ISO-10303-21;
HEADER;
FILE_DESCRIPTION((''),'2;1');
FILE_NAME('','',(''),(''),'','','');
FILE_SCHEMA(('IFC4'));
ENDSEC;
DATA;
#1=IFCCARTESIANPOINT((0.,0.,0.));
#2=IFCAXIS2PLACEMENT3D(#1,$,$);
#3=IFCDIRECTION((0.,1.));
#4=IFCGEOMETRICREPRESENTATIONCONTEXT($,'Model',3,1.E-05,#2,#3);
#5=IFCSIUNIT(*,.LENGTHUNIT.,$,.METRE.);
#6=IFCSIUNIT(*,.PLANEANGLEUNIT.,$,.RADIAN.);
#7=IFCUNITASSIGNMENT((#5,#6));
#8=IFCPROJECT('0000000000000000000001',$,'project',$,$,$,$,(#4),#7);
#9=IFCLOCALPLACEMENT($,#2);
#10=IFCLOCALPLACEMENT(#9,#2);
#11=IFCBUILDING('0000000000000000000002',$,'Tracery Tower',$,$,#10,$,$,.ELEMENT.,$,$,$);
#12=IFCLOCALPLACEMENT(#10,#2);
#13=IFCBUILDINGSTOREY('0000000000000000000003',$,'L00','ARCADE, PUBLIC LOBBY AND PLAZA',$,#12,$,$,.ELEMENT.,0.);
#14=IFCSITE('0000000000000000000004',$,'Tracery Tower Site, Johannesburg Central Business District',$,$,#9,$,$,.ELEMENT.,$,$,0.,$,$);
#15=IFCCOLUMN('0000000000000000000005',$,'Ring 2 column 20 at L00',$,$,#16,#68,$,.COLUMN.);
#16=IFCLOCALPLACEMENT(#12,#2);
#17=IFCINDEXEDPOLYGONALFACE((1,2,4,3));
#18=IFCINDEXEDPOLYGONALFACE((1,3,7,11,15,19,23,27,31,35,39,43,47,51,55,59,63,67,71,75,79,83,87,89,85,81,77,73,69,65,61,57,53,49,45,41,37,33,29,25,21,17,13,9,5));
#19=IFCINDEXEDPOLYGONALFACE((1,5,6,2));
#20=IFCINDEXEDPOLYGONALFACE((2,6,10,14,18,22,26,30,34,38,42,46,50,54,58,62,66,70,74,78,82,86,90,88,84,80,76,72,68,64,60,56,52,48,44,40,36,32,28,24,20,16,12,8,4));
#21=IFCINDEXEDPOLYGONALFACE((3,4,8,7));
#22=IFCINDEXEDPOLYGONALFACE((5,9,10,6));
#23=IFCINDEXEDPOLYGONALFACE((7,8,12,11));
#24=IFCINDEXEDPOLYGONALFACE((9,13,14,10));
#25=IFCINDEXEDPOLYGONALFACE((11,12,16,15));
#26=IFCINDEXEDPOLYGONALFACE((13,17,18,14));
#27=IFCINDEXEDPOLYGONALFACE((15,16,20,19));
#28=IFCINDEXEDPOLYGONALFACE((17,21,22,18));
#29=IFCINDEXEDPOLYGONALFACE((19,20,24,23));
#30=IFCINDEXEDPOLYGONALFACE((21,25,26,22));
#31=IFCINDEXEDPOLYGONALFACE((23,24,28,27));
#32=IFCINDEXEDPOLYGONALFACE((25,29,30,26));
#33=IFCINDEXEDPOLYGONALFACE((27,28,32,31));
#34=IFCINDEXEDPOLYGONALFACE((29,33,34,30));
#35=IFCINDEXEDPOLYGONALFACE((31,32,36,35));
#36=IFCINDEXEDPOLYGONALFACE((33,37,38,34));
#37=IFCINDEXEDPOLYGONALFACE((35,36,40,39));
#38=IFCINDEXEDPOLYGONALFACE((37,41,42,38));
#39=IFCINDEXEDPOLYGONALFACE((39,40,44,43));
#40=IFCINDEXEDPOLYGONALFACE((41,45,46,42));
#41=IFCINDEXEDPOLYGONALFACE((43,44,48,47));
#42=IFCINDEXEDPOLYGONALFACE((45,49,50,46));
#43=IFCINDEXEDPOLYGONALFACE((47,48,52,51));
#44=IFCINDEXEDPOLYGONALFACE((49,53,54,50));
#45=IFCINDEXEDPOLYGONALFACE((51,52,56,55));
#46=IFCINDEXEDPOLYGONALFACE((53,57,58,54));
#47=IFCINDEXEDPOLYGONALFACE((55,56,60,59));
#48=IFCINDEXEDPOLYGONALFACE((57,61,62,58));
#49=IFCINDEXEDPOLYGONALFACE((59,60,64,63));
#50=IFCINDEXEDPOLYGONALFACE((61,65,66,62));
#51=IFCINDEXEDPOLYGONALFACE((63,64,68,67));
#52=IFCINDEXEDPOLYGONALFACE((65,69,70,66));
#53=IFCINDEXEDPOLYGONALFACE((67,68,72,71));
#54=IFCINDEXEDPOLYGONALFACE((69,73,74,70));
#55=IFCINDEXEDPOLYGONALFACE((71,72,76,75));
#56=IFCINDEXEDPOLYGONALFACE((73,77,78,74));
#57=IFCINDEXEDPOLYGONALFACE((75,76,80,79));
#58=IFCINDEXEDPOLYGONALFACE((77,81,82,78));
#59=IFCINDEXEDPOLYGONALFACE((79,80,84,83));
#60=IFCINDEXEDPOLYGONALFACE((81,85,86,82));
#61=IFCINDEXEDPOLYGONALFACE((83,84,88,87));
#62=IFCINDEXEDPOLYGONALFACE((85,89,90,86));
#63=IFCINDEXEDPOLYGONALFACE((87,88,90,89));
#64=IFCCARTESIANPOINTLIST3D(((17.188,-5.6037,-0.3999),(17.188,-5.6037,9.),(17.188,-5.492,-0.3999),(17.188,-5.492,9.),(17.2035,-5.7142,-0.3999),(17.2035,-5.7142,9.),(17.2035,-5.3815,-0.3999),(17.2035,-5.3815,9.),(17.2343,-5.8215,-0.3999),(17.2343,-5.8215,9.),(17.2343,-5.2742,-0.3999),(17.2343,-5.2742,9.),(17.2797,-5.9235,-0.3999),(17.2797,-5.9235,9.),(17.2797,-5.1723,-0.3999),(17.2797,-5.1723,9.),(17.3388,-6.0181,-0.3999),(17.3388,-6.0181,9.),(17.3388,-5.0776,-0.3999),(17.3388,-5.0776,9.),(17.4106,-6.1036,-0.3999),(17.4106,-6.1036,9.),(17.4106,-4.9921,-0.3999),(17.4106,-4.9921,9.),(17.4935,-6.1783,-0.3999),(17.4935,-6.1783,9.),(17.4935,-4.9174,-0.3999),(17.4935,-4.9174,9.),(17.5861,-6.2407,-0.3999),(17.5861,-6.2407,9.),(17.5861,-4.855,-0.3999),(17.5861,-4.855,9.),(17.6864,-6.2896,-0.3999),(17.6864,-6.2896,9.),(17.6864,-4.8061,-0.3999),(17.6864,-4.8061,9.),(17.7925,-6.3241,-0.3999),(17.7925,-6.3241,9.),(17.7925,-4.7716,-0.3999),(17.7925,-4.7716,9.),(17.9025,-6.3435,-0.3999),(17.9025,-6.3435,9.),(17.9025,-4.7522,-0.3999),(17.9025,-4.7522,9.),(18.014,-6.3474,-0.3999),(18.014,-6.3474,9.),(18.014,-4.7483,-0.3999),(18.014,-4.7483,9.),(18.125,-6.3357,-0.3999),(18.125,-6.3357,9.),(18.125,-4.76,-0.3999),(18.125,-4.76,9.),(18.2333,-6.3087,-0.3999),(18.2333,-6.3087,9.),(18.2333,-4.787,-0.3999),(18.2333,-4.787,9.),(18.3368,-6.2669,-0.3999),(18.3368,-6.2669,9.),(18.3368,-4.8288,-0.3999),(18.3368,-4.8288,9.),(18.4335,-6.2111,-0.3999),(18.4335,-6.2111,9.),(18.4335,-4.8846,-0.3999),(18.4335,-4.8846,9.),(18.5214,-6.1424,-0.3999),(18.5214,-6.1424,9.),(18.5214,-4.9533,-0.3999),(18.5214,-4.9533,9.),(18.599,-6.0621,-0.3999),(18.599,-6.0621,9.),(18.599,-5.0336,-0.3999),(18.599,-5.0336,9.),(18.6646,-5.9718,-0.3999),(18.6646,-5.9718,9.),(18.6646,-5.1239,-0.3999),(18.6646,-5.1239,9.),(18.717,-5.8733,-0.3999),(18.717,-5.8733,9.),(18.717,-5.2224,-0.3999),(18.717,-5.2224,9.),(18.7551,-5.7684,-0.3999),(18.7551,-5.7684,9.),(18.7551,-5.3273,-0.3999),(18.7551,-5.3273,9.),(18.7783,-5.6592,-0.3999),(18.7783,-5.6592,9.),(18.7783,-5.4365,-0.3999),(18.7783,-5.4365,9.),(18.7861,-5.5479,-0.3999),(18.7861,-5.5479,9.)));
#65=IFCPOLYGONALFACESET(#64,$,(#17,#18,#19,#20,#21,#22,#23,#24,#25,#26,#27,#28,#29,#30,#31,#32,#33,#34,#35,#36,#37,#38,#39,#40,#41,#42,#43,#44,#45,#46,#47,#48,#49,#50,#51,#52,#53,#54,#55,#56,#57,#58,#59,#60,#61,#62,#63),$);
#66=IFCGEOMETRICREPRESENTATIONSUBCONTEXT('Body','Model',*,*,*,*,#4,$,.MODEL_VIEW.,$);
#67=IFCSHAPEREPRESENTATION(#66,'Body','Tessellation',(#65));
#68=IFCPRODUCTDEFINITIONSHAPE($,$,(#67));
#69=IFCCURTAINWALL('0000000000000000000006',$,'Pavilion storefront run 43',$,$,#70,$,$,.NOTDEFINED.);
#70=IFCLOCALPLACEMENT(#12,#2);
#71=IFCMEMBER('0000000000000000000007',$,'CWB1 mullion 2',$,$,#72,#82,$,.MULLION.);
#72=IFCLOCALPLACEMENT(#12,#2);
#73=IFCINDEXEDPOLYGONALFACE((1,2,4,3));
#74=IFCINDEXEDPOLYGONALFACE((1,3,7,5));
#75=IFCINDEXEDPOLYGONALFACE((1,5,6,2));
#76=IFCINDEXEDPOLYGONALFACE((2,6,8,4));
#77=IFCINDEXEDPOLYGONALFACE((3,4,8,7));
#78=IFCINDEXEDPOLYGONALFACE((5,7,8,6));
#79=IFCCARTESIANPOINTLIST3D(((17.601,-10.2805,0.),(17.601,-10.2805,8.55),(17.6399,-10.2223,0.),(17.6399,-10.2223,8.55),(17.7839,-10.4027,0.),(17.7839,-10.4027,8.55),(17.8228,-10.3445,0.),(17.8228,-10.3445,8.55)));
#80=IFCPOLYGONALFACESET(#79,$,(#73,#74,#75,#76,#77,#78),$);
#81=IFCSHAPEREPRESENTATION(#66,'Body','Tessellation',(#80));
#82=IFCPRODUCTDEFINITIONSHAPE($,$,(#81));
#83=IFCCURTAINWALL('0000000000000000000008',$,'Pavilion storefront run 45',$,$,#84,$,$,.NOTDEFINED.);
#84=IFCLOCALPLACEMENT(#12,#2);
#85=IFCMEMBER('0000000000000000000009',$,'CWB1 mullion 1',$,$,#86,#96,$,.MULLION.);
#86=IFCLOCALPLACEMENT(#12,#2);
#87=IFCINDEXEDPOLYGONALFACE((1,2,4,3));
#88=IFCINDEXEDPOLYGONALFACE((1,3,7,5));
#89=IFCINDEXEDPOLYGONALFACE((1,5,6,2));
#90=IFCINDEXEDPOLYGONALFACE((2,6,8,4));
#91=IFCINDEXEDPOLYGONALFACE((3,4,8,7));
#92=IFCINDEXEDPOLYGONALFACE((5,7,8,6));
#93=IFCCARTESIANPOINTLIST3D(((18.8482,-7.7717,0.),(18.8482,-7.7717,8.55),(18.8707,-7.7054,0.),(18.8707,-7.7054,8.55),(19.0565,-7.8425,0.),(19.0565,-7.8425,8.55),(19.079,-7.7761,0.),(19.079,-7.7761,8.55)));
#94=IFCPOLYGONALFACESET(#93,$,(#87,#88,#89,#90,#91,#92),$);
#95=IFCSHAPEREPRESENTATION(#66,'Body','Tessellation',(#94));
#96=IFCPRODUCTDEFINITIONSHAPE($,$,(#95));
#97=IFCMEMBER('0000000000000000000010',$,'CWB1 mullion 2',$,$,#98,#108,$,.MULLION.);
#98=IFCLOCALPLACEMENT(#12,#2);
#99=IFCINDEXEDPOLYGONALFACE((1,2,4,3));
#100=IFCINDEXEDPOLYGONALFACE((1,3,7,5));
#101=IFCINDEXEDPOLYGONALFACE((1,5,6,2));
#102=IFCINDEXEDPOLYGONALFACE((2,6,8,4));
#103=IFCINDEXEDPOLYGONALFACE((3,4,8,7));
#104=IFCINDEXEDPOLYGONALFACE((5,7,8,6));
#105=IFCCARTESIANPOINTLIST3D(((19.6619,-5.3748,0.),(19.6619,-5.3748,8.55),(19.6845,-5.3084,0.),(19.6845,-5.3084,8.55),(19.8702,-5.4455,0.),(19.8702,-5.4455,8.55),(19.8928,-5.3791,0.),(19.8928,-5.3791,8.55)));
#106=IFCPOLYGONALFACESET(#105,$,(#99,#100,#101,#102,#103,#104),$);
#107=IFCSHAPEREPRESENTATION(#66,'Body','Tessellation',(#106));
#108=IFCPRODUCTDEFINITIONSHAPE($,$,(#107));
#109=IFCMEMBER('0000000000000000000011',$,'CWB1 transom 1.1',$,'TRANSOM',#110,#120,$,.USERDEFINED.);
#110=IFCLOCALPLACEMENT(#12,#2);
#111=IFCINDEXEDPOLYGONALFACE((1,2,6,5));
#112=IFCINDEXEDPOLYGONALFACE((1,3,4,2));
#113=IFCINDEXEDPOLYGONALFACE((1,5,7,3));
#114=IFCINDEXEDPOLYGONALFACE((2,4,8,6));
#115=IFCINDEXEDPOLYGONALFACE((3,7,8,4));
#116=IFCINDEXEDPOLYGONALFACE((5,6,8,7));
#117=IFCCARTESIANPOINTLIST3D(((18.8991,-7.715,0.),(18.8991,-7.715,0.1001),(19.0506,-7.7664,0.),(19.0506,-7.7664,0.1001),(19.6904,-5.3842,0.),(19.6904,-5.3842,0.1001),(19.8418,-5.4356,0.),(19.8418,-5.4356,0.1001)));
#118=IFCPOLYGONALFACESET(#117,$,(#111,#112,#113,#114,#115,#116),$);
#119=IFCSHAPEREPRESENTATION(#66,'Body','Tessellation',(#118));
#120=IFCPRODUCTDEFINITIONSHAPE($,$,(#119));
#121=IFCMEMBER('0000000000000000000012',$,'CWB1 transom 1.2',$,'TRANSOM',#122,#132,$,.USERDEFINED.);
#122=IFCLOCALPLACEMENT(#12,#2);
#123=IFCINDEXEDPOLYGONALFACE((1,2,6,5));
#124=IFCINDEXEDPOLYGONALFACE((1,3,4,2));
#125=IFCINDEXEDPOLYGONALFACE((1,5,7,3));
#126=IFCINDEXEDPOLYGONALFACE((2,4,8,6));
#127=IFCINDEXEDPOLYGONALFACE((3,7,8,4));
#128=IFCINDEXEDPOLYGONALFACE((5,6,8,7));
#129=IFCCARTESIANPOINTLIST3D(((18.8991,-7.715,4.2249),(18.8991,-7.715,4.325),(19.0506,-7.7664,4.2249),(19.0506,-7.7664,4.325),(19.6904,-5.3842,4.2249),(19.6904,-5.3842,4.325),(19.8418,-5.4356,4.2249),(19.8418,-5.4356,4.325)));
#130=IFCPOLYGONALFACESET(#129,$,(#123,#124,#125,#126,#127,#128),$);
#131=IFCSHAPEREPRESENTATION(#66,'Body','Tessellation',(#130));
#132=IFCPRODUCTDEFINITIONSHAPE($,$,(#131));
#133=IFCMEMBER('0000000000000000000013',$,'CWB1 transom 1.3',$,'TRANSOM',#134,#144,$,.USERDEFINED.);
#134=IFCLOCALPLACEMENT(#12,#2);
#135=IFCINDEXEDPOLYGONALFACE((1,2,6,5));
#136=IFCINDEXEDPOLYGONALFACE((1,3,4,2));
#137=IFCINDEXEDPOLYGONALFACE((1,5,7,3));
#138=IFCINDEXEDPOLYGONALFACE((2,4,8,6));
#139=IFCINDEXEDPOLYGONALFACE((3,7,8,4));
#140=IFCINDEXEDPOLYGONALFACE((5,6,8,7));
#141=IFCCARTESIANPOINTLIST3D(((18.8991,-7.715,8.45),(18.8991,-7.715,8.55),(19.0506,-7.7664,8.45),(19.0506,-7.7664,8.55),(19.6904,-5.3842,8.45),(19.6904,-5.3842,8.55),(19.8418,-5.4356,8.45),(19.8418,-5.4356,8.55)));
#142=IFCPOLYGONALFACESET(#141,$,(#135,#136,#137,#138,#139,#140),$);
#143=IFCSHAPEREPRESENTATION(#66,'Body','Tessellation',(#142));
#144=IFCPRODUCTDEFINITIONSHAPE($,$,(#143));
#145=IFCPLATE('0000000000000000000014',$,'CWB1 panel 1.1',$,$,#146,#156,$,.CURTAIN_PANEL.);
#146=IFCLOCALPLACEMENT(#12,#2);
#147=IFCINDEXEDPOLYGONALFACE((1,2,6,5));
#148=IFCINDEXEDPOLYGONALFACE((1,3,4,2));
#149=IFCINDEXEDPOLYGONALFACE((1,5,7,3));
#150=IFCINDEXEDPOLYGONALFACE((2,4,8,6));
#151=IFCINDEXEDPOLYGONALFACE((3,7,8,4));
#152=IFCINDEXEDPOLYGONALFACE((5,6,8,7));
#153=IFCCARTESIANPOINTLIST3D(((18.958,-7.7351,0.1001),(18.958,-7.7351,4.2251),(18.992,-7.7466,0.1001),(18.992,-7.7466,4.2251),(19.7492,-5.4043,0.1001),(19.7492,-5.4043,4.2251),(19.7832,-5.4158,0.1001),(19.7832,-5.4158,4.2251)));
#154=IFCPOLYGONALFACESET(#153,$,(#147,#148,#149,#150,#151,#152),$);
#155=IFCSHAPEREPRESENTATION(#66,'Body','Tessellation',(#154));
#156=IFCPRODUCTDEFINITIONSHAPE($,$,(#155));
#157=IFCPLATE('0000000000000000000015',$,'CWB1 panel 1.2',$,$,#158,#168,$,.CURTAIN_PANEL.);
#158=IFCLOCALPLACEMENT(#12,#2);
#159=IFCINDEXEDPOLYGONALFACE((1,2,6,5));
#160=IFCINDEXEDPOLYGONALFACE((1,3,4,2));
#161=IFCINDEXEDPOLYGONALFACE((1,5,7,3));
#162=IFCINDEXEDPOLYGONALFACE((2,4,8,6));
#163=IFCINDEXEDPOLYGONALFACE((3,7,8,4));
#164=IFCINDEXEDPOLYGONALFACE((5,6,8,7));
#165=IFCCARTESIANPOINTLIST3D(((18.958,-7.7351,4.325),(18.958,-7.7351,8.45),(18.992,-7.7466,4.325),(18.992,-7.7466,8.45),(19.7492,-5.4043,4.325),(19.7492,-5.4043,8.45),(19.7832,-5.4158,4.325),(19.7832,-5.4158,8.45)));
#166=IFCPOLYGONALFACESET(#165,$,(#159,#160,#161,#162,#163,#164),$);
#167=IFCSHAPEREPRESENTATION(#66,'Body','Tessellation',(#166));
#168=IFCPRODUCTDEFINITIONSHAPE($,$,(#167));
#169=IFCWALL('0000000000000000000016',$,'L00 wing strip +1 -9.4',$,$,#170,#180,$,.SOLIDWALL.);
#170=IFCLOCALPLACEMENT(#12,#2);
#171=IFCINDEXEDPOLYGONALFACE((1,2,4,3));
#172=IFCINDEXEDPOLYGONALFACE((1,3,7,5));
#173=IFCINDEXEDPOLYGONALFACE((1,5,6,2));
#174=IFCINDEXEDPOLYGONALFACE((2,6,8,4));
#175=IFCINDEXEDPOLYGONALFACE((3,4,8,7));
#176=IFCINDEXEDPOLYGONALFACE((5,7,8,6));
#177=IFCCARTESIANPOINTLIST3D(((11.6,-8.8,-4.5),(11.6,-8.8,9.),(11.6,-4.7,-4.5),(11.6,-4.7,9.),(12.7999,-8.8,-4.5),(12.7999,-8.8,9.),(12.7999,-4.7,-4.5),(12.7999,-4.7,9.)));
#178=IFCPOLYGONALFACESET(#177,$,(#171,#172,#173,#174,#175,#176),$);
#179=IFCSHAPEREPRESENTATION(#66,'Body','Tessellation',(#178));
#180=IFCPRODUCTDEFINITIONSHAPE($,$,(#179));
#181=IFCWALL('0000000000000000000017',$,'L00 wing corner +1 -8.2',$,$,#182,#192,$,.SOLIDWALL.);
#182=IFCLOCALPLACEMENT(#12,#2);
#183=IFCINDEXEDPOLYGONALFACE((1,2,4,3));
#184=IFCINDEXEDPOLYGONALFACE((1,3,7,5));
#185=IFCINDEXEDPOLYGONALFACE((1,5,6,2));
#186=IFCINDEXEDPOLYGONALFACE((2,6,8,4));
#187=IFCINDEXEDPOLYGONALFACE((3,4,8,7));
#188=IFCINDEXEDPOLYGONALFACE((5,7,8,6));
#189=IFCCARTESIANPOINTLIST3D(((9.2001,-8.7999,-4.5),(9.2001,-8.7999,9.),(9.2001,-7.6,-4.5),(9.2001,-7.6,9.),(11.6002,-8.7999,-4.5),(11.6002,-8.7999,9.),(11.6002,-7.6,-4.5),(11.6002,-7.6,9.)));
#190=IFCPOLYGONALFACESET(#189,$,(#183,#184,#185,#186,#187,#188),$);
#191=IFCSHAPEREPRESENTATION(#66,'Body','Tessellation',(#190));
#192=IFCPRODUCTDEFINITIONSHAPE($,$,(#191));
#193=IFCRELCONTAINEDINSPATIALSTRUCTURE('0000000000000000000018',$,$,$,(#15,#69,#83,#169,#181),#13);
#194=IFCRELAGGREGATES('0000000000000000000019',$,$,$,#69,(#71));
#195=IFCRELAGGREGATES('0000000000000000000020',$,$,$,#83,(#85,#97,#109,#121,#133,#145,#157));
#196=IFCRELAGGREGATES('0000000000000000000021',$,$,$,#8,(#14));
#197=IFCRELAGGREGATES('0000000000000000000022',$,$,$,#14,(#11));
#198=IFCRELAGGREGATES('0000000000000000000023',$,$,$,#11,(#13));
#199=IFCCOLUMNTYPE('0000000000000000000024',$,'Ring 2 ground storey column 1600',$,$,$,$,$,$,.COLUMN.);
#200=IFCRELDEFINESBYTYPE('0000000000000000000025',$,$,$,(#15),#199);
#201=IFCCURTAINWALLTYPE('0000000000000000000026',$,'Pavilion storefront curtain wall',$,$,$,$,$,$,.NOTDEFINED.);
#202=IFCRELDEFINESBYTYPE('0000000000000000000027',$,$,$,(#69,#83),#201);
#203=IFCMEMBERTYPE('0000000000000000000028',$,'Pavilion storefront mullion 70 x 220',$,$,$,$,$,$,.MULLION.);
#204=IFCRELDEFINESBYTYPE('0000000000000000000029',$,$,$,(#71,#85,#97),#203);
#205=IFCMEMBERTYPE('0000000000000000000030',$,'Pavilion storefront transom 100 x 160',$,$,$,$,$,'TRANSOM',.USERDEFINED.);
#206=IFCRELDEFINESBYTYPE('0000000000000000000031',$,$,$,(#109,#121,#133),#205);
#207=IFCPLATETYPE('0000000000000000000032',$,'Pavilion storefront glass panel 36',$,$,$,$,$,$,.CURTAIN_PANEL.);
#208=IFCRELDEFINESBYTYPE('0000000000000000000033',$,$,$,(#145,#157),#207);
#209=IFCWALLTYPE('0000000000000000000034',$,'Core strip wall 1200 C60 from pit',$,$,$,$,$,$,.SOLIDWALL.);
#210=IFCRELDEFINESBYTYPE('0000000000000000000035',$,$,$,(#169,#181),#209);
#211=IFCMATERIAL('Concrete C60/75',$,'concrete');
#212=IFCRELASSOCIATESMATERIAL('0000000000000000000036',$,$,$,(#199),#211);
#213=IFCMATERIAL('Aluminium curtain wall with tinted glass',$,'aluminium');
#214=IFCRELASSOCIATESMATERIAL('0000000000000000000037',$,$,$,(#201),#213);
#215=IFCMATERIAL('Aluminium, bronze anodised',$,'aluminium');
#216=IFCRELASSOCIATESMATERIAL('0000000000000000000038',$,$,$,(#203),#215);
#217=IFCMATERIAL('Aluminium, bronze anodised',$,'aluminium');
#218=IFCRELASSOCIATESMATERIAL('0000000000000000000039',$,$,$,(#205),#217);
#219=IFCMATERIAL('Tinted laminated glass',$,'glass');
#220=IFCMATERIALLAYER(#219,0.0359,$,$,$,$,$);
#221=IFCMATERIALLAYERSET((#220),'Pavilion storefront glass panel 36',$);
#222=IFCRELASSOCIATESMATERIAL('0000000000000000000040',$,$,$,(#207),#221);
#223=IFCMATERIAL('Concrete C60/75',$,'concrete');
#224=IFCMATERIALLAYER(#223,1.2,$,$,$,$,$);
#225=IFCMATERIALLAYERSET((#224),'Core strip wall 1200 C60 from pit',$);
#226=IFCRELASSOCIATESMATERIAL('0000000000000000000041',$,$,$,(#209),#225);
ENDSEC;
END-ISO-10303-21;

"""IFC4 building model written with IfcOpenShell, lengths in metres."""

from ifc_helpers import new_model, si_unit, direction, frame, frame_2d, origin, origin_2d, place, context, subcontext, project, spatial, rectangle, circle, extrude, material, layer, layer_set, material_profile, profile_set, type_object, element, aggregate, save


model = new_model("IFC4")

# Units and contexts
model_context = context("Model", 3, precision=1e-05, world=origin(), true_north=direction((0.0, 1.0)))
body_context = subcontext(model_context, "Body", "Model", "MODEL_VIEW")
ifc_project = project(units=[si_unit("LENGTHUNIT", "METRE"), si_unit("PLANEANGLEUNIT", "RADIAN")], contexts=[model_context])

# Site, building, storey
site_placement = place(None, origin())
site = spatial("IfcSite", under=ifc_project, at=site_placement, Name="Tracery Tower Site, Johannesburg Central Business District", CompositionType="ELEMENT", RefElevation=0.0)
building_placement = place(site_placement, origin())
building = spatial("IfcBuilding", under=site, at=building_placement, Name="Tracery Tower", CompositionType="ELEMENT")
storey_placement = place(building_placement, origin())
storey = spatial("IfcBuildingStorey", under=building, at=storey_placement, Name="L00", Description="ARCADE, PUBLIC LOBBY AND PLAZA", CompositionType="ELEMENT", Elevation=0.0)

# Column
ifc_material_1 = material(Name="Concrete C60/75", Category="concrete")
ifc_material_profile_1 = material_profile(ifc_material_1, circle(Radius=0.8, at=origin_2d()), Name="RC D1600")
ifc_profile_set_1 = profile_set([ifc_material_profile_1], Name="Concrete C60/75")
column_type = type_object("IfcColumnType", Name="Ring 2 ground storey column 1600", PredefinedType="COLUMN", material=ifc_profile_set_1)
column_placement = place(storey_placement, frame((17.9861, -5.5479, -0.3999), z_axis=(0.0, 0.0, 1.0), x_axis=(1.0, 0.0, 0.0)))
element("IfcColumn", 1, at=column_placement, inside=storey, type_object=column_type, Name="Ring 2 column 20 at L00", PredefinedType="COLUMN", context=body_context, shape_type="SweptSolid", body=[
    extrude(circle(Radius=0.8, at=origin_2d()), origin(), (0.0, 0.0, 1.0), 9.3999),
])

# Curtain wall, member
ifc_material_2 = material(Name="Aluminium curtain wall with tinted glass", Category="aluminium")
curtain_wall_type = type_object("IfcCurtainWallType", Name="Pavilion storefront curtain wall", PredefinedType="NOTDEFINED", material=ifc_material_2)
curtain_wall_1_placement = place(storey_placement, origin())
curtain_wall_1 = element("IfcCurtainWall", 2, at=curtain_wall_1_placement, inside=storey, type_object=curtain_wall_type, Name="Pavilion storefront run 43", PredefinedType="NOTDEFINED")
ifc_material_3 = material(Name="Aluminium, bronze anodised", Category="aluminium")
ifc_material_profile_2 = material_profile(ifc_material_3, rectangle(XDim=0.22, YDim=0.0701, at=origin_2d()), Name="Pavilion storefront mullion 70 x 220")
ifc_profile_set_2 = profile_set([ifc_material_profile_2], Name="Aluminium, bronze anodised")
member_type_1 = type_object("IfcMemberType", Name="Pavilion storefront mullion 70 x 220", PredefinedType="MULLION", material=ifc_profile_set_2)
member_1_placement = place(storey_placement, frame((17.7119, -10.3125, 0.0), z_axis=(0.0, 0.0, 1.0), x_axis=(-0.831476, 0.55556, 0.0)))
member_1 = element("IfcMember", 3, at=member_1_placement, type_object=member_type_1, Name="CWB1 mullion 2", PredefinedType="MULLION", context=body_context, shape_type="SweptSolid", body=[
    extrude(rectangle(XDim=0.22, YDim=0.0701, at=origin_2d()), origin(), (0.0, 0.0, 1.0), 8.55),
])
aggregate(curtain_wall_1, [member_1])

# Curtain wall, members, plates
curtain_wall_2_placement = place(storey_placement, origin())
curtain_wall_2 = element("IfcCurtainWall", 4, at=curtain_wall_2_placement, inside=storey, type_object=curtain_wall_type, Name="Pavilion storefront run 45", PredefinedType="NOTDEFINED")
member_2_placement = place(storey_placement, frame((18.9636, -7.7739, 0.0), z_axis=(0.0, 0.0, 1.0), x_axis=(-0.946931, 0.321435, 0.0)))
member_2 = element("IfcMember", 5, at=member_2_placement, type_object=member_type_1, Name="CWB1 mullion 1", PredefinedType="MULLION", context=body_context, shape_type="SweptSolid", body=[
    extrude(rectangle(XDim=0.22, YDim=0.0701, at=origin_2d()), origin(), (0.0, 0.0, 1.0), 8.55),
])
member_3_placement = place(storey_placement, frame((19.7773, -5.377, 0.0), z_axis=(0.0, 0.0, 1.0), x_axis=(-0.946931, 0.321435, 0.0)))
member_3 = element("IfcMember", 6, at=member_3_placement, type_object=member_type_1, Name="CWB1 mullion 2", PredefinedType="MULLION", context=body_context, shape_type="SweptSolid", body=[
    extrude(rectangle(XDim=0.22, YDim=0.0701, at=origin_2d()), origin(), (0.0, 0.0, 1.0), 8.55),
])
ifc_material_4 = material(Name="Aluminium, bronze anodised", Category="aluminium")
ifc_material_profile_3 = material_profile(ifc_material_4, rectangle(XDim=0.1599, YDim=0.1001, at=origin_2d()), Name="Pavilion storefront transom 100 x 160")
ifc_profile_set_3 = profile_set([ifc_material_profile_3], Name="Aluminium, bronze anodised")
member_type_2 = type_object("IfcMemberType", Name="Pavilion storefront transom 100 x 160", ElementType="TRANSOM", PredefinedType="USERDEFINED", material=ifc_profile_set_3)
member_4_placement = place(storey_placement, frame((18.9749, -7.7407, 0.05), z_axis=(0.32146, 0.946923, 0.0), x_axis=(-0.946923, 0.32146, 0.0)))
member_4 = element("IfcMember", 7, at=member_4_placement, type_object=member_type_2, Name="CWB1 transom 1.1", ObjectType="TRANSOM", PredefinedType="USERDEFINED", context=body_context, shape_type="SweptSolid", body=[
    extrude(rectangle(XDim=0.1599, YDim=0.1001, at=origin_2d()), origin(), (0.0, 0.0, 1.0), 2.4614),
])
member_5_placement = place(storey_placement, frame((18.9749, -7.7407, 4.2749), z_axis=(0.32146, 0.946923, 0.0), x_axis=(-0.946923, 0.32146, 0.0)))
member_5 = element("IfcMember", 8, at=member_5_placement, type_object=member_type_2, Name="CWB1 transom 1.2", ObjectType="TRANSOM", PredefinedType="USERDEFINED", context=body_context, shape_type="SweptSolid", body=[
    extrude(rectangle(XDim=0.1599, YDim=0.1001, at=origin_2d()), origin(), (0.0, 0.0, 1.0), 2.4614),
])
member_6_placement = place(storey_placement, frame((18.9749, -7.7407, 8.5), z_axis=(0.32146, 0.946923, 0.0), x_axis=(-0.946923, 0.32146, 0.0)))
member_6 = element("IfcMember", 9, at=member_6_placement, type_object=member_type_2, Name="CWB1 transom 1.3", ObjectType="TRANSOM", PredefinedType="USERDEFINED", context=body_context, shape_type="SweptSolid", body=[
    extrude(rectangle(XDim=0.1599, YDim=0.1001, at=origin_2d()), origin(), (0.0, 0.0, 1.0), 2.4614),
])
ifc_material_5 = material(Name="Tinted laminated glass", Category="glass")
ifc_layer_1 = layer(ifc_material_5, 0.0359)
ifc_layer_set_1 = layer_set([ifc_layer_1], Name="Pavilion storefront glass panel 36")
plate_type = type_object("IfcPlateType", Name="Pavilion storefront glass panel 36", PredefinedType="CURTAIN_PANEL", material=ifc_layer_set_1)
plate_1_placement = place(storey_placement, frame((19.3706, -6.5754, 0.1001), z_axis=(0.0, 0.0, 1.0), x_axis=(0.321435, 0.946931, 0.0)))
plate_1 = element("IfcPlate", 10, at=plate_1_placement, type_object=plate_type, Name="CWB1 panel 1.1", PredefinedType="CURTAIN_PANEL", context=body_context, shape_type="SweptSolid", body=[
    extrude(rectangle(XDim=2.4614, YDim=0.0359, at=origin_2d()), origin(), (0.0, 0.0, 1.0), 4.125),
])
plate_2_placement = place(storey_placement, frame((19.3706, -6.5754, 4.325), z_axis=(0.0, 0.0, 1.0), x_axis=(0.321435, 0.946931, 0.0)))
plate_2 = element("IfcPlate", 11, at=plate_2_placement, type_object=plate_type, Name="CWB1 panel 1.2", PredefinedType="CURTAIN_PANEL", context=body_context, shape_type="SweptSolid", body=[
    extrude(rectangle(XDim=2.4614, YDim=0.0359, at=origin_2d()), origin(), (0.0, 0.0, 1.0), 4.125),
])
aggregate(curtain_wall_2, [member_2, member_3, member_4, member_5, member_6, plate_1, plate_2])

# Walls
ifc_material_6 = material(Name="Concrete C60/75", Category="concrete")
ifc_layer_2 = layer(ifc_material_6, 1.2)
ifc_layer_set_2 = layer_set([ifc_layer_2], Name="Core strip wall 1200 C60 from pit")
wall_type_1 = type_object("IfcWallType", Name="Core strip wall 1200 C60 from pit", PredefinedType="SOLIDWALL", material=ifc_layer_set_2)
wall_1_placement = place(storey_placement, frame((12.2, -8.8, -4.5), z_axis=(0.0, 0.0, 1.0), x_axis=(0.0, 1.0, 0.0)))
element("IfcWall", 12, at=wall_1_placement, inside=storey, type_object=wall_type_1, Name="L00 wing strip +1 -9.4", PredefinedType="SOLIDWALL", context=body_context, shape_type="SweptSolid", body=[
    extrude(rectangle(XDim=4.1001, YDim=1.2, at=frame_2d((2.05, 0.0))), origin(), (0.0, 0.0, 1.0), 13.5),
])
wall_2_placement = place(storey_placement, frame((9.2, -8.2, -4.5), z_axis=(0.0, 0.0, 1.0), x_axis=(1.0, 0.0, 0.0)))
element("IfcWall", 13, at=wall_2_placement, inside=storey, type_object=wall_type_1, Name="L00 wing corner +1 -8.2", PredefinedType="SOLIDWALL", context=body_context, shape_type="SweptSolid", body=[
    extrude(rectangle(XDim=2.4001, YDim=1.2, at=frame_2d((1.2002, 0.0))), origin(), (0.0, 0.0, 1.0), 13.5),
])

save(model, "model.ifc")
